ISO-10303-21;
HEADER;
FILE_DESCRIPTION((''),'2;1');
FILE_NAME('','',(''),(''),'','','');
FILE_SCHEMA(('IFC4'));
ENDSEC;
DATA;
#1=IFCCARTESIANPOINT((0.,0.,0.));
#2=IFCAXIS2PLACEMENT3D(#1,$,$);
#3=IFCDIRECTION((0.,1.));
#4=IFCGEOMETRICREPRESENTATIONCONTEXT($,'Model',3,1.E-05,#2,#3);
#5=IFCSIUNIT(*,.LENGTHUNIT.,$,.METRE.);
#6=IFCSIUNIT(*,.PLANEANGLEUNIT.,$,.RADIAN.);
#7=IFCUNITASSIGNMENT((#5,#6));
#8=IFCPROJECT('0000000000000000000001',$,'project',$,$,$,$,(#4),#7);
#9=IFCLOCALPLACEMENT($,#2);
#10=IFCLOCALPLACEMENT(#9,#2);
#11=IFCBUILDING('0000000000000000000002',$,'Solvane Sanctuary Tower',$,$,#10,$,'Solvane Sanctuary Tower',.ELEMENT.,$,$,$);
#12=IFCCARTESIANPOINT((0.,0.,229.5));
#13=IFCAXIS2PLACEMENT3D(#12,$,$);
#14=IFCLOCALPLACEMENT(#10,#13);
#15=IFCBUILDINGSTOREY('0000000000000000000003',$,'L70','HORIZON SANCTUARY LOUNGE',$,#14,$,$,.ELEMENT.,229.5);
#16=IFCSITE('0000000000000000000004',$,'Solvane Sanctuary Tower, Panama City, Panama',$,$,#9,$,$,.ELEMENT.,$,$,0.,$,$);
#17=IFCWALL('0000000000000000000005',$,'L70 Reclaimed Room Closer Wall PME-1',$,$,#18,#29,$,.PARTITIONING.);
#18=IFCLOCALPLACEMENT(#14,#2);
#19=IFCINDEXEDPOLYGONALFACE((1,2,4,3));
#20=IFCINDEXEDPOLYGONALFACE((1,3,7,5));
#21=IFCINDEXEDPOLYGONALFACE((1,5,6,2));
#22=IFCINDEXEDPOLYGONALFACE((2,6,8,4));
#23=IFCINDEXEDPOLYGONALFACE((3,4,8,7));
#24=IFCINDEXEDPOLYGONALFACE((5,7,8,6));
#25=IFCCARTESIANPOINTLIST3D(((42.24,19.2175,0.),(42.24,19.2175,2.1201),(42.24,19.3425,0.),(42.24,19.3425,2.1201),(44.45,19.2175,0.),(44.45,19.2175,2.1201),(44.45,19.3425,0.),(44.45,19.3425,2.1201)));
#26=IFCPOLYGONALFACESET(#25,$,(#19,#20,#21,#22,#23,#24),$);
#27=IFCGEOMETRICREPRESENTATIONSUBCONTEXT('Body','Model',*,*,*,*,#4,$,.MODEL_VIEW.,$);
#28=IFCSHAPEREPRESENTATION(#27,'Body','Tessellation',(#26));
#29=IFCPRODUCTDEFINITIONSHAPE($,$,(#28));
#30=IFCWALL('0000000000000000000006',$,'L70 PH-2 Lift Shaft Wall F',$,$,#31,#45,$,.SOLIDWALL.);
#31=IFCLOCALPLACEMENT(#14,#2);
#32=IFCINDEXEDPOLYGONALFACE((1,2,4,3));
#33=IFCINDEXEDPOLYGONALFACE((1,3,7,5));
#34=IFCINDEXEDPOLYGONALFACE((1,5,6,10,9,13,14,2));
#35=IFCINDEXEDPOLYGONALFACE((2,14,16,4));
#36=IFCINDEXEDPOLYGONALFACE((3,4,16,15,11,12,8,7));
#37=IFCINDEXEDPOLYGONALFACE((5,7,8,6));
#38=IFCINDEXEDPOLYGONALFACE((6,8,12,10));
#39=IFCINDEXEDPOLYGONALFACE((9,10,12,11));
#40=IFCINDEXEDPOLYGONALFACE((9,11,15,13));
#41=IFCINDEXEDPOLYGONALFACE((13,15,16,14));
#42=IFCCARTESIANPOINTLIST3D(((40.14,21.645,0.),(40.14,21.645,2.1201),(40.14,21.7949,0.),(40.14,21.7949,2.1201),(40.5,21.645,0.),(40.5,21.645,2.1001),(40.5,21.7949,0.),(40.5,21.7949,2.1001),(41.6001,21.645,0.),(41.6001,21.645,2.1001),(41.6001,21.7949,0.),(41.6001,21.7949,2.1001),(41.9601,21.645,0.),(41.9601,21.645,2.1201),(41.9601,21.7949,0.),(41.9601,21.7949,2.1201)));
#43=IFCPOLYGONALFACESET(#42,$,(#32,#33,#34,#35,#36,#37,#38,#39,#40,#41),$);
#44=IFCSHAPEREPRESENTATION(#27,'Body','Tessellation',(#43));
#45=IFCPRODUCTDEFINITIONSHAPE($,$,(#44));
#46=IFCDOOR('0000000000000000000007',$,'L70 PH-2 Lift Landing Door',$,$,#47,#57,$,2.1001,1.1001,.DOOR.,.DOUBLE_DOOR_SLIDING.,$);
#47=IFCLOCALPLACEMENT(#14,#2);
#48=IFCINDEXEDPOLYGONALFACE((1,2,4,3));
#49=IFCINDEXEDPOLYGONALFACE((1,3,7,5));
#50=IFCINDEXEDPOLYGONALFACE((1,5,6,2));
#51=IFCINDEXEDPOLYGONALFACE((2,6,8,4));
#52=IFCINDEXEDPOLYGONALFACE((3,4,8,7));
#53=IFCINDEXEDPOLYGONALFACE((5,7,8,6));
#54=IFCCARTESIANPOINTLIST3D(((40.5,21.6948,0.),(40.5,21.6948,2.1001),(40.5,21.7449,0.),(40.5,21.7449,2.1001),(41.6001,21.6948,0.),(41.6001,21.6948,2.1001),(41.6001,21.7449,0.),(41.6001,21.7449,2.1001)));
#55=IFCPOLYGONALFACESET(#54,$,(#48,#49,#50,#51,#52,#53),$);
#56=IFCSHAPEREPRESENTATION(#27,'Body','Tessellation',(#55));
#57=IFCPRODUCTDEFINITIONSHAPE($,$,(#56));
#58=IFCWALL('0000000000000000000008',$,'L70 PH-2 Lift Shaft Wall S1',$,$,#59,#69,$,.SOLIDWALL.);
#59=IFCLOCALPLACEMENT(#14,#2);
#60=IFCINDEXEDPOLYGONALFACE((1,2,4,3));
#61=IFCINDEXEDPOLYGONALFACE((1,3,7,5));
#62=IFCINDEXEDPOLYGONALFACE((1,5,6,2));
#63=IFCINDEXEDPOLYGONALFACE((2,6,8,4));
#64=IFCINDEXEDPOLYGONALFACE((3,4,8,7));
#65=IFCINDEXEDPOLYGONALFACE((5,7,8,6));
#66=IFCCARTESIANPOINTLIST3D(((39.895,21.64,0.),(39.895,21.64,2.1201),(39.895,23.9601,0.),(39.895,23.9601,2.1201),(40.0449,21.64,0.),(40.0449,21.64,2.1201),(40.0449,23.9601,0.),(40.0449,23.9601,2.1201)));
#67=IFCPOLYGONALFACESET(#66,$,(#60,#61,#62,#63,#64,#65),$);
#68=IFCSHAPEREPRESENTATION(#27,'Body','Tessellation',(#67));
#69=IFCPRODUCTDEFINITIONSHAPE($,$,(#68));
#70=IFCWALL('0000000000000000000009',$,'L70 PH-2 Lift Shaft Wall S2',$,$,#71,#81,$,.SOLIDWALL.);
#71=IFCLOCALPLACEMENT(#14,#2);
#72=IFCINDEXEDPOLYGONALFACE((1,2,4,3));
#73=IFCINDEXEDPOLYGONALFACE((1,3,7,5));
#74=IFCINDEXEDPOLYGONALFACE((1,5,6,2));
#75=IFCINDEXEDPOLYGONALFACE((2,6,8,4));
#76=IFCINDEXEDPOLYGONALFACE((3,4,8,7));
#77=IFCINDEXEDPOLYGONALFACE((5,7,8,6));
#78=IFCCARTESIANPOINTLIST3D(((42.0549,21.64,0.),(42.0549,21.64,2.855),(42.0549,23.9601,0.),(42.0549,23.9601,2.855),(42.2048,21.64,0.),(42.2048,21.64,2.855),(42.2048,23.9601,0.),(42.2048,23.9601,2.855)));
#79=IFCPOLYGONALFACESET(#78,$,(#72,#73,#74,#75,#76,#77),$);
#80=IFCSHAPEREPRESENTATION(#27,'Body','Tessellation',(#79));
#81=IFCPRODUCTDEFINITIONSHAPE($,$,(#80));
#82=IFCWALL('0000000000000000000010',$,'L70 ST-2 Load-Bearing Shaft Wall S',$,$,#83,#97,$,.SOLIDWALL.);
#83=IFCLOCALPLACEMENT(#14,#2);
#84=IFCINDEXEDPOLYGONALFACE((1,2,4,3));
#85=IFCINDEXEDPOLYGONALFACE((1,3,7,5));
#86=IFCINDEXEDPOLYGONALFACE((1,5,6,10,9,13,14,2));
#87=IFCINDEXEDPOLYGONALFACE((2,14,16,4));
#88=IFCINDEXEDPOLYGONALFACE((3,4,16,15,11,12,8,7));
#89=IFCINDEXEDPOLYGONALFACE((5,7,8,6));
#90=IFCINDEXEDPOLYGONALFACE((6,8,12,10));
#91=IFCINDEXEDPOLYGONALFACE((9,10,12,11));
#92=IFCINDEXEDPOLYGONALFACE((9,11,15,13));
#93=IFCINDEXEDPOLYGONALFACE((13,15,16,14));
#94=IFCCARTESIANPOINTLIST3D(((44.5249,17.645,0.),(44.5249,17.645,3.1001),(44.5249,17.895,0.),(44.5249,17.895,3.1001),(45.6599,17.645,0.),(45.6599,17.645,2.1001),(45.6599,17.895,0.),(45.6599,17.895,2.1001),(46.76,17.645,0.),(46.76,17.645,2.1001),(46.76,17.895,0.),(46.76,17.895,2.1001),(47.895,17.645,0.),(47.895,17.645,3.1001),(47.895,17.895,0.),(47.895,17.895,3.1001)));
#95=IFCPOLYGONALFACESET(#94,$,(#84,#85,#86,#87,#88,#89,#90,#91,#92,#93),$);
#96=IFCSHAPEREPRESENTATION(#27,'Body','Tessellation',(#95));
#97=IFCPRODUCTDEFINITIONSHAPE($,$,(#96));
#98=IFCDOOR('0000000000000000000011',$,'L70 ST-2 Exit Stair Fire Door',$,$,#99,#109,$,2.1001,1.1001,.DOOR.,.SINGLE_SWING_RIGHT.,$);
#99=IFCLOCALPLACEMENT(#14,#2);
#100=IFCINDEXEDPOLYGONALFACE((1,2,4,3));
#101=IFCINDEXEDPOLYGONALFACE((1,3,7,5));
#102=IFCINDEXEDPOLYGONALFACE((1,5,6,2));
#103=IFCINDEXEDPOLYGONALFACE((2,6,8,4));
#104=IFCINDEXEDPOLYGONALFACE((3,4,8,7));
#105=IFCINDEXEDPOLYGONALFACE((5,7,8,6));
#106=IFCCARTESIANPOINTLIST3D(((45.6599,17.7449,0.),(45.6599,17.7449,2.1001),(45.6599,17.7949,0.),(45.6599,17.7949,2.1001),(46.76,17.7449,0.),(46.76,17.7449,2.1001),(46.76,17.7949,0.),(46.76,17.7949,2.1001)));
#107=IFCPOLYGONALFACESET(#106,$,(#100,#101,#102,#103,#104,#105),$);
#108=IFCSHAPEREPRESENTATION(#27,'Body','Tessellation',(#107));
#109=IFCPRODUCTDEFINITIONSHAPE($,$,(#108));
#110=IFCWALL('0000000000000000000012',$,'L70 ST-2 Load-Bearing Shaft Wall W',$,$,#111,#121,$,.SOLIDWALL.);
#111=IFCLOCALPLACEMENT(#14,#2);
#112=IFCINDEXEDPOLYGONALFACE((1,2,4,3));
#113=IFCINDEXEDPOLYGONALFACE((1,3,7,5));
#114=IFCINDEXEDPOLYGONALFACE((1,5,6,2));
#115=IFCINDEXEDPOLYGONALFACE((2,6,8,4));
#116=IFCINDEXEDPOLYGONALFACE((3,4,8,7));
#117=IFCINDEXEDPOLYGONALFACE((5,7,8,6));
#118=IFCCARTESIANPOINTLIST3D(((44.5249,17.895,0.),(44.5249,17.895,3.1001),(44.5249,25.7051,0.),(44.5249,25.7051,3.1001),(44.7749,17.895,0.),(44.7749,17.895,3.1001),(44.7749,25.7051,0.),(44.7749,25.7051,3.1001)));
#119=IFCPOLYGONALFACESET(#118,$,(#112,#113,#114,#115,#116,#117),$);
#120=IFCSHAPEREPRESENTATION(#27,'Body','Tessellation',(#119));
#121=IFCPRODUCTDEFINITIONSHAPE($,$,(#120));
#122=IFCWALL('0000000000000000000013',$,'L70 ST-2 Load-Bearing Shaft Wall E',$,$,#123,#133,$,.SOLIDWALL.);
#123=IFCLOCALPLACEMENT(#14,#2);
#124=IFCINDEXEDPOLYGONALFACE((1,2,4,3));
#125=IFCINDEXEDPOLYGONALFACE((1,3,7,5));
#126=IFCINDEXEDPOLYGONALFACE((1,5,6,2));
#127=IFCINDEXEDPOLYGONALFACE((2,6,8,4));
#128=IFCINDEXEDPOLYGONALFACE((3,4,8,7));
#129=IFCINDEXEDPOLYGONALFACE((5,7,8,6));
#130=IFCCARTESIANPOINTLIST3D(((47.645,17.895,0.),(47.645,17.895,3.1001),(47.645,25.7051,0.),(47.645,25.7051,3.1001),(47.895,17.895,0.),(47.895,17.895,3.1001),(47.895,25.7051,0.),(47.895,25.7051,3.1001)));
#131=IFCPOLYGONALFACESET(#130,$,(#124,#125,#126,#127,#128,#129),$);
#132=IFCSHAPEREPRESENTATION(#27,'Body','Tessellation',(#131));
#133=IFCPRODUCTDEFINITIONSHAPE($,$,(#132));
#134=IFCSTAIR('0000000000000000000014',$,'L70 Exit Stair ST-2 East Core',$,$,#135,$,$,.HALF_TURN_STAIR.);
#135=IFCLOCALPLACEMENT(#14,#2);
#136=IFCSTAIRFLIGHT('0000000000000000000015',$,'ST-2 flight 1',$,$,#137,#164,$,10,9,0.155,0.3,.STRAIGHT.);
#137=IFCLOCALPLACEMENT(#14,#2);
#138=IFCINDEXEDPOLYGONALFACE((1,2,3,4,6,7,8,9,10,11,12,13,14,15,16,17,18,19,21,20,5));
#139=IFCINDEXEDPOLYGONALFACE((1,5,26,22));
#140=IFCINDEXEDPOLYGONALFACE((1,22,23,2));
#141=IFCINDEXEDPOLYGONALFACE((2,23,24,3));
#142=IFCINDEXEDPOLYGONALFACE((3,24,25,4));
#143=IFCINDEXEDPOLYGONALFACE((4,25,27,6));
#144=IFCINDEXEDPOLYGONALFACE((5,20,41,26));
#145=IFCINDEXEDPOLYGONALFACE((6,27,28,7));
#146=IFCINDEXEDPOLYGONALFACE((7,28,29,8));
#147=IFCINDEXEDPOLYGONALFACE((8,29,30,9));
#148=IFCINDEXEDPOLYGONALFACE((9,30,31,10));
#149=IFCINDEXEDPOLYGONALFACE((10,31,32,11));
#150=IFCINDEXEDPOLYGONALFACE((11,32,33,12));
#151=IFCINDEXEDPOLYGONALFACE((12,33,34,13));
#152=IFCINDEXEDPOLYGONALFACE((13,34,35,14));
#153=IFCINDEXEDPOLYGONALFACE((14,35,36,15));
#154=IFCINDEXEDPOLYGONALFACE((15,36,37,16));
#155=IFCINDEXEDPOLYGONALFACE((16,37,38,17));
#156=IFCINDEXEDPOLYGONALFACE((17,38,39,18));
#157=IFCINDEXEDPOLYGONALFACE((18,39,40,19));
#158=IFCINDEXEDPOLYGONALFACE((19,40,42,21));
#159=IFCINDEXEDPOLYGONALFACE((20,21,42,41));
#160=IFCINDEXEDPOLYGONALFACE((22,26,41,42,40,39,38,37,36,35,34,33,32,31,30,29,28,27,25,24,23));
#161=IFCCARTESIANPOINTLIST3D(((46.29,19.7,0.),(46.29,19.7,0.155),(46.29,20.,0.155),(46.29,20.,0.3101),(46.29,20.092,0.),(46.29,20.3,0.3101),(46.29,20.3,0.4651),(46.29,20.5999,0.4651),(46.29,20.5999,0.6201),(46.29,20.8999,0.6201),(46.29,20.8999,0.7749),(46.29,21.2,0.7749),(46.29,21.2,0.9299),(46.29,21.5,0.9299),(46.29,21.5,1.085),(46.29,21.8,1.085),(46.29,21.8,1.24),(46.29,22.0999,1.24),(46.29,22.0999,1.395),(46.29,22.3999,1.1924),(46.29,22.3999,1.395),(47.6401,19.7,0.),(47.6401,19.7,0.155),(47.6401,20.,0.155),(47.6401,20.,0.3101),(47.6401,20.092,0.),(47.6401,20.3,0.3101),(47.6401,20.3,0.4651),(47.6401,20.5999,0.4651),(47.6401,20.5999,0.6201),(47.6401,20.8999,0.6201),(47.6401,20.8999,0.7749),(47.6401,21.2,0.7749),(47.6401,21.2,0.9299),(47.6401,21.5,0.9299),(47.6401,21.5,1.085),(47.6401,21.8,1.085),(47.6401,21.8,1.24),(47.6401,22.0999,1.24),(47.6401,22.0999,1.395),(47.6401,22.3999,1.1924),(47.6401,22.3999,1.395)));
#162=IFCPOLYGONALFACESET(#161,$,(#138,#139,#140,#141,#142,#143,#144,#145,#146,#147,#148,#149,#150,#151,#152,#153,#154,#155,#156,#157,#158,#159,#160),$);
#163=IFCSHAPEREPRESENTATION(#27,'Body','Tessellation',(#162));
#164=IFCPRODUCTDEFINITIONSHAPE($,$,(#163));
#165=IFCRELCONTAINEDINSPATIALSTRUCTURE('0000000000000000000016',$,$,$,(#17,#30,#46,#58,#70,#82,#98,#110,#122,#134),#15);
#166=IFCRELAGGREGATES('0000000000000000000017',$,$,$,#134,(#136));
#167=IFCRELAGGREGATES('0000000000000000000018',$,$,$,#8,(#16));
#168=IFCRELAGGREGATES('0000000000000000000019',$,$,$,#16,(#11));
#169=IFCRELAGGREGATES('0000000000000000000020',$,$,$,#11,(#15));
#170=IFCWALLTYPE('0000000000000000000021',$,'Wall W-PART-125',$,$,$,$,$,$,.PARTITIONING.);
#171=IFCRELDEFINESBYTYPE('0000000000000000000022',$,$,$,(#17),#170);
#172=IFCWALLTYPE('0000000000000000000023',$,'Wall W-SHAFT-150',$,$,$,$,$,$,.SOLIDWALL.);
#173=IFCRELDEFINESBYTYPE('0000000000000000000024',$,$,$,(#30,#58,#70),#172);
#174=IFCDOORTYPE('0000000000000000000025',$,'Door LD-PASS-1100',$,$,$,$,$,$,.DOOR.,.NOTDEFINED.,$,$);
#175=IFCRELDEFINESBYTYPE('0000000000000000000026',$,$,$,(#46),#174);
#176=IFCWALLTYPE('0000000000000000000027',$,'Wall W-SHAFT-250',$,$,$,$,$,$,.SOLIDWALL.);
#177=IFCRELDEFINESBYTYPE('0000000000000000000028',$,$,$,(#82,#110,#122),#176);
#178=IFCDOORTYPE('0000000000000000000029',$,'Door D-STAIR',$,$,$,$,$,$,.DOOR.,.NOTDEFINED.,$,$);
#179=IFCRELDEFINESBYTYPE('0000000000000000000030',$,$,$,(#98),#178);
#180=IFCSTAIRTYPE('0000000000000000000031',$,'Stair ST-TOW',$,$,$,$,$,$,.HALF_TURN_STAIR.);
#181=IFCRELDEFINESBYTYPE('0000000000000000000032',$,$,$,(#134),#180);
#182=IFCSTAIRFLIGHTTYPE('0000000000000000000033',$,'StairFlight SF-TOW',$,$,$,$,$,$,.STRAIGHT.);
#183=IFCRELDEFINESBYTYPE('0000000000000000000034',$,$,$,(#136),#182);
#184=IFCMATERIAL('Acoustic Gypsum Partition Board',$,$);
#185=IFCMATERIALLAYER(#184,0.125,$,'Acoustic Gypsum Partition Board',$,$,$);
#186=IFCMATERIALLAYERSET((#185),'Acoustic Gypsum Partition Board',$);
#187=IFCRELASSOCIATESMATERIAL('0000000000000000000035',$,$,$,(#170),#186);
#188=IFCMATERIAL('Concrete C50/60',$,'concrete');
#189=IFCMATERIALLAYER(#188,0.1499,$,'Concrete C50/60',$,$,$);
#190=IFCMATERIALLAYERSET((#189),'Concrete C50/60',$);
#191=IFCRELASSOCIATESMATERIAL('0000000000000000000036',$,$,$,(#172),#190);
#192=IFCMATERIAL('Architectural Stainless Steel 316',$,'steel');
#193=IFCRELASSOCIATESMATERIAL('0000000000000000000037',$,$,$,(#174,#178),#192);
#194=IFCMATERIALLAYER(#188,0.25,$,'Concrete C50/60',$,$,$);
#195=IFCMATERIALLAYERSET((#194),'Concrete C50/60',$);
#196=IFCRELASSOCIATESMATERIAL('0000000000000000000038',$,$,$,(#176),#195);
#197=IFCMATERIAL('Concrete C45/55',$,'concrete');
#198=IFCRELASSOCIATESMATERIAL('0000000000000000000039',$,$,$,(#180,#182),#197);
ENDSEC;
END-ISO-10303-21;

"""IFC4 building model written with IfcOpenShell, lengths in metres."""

from ifc_helpers import new_model, si_unit, direction, frame, frame_2d, origin, place, context, subcontext, project, spatial, polyline, rectangle, outline, extrude, material, layer, layer_set, type_object, element, fill, aggregate, save


model = new_model("IFC4")

# Units and contexts
model_context = context("Model", 3, precision=1e-05, world=origin(), true_north=direction((0.0, 1.0)))
body_context = subcontext(model_context, "Body", "Model", "MODEL_VIEW")
ifc_project = project(units=[si_unit("LENGTHUNIT", "METRE"), si_unit("PLANEANGLEUNIT", "RADIAN")], contexts=[model_context])

# Site, building, storey
site_placement = place(None, origin())
site = spatial("IfcSite", under=ifc_project, at=site_placement, Name="Solvane Sanctuary Tower, Panama City, Panama", CompositionType="ELEMENT", RefElevation=0.0)
building_placement = place(site_placement, origin())
building = spatial("IfcBuilding", under=site, at=building_placement, Name="Solvane Sanctuary Tower", LongName="Solvane Sanctuary Tower", CompositionType="ELEMENT")
storey_placement = place(building_placement, frame((0.0, 0.0, 229.5)))
storey = spatial("IfcBuildingStorey", under=building, at=storey_placement, Name="L70", Description="HORIZON SANCTUARY LOUNGE", CompositionType="ELEMENT", Elevation=229.5)

# Shared definitions
ifc_material_1 = material(Name="Acoustic Gypsum Partition Board")

# Shared definitions
ifc_layer_1 = layer(ifc_material_1, 0.125, Name="Acoustic Gypsum Partition Board")
ifc_layer_set_1 = layer_set([ifc_layer_1], Name="Acoustic Gypsum Partition Board")
wall_type_1 = type_object("IfcWallType", Name="Wall W-PART-125", PredefinedType="PARTITIONING", material=ifc_layer_set_1)
ifc_material_2 = material(Name="Architectural Stainless Steel 316", Category="steel")

# Wall
wall_1_placement = place(storey_placement, frame((42.24, 19.28, 0.0), z_axis=(0.0, 0.0, 1.0), x_axis=(1.0, 0.0, 0.0)))
element("IfcWall", 1, at=wall_1_placement, inside=storey, type_object=wall_type_1, Name="L70 Reclaimed Room Closer Wall PME-1", PredefinedType="PARTITIONING", context=body_context, shape_type="SweptSolid", body=[
    extrude(rectangle(XDim=2.21, YDim=0.125, at=frame_2d((1.105, 0.0))), origin(), (0.0, 0.0, 1.0), 2.1201),
])

# Wall, opening, door
ifc_material_3 = material(Name="Concrete C50/60", Category="concrete")
ifc_layer_2 = layer(ifc_material_3, 0.1499, Name="Concrete C50/60")
ifc_layer_set_2 = layer_set([ifc_layer_2], Name="Concrete C50/60")
wall_type_2 = type_object("IfcWallType", Name="Wall W-SHAFT-150", PredefinedType="SOLIDWALL", material=ifc_layer_set_2)
wall_2_placement = place(storey_placement, frame((40.1399, 21.72, 0.0), z_axis=(0.0, 0.0, 1.0), x_axis=(1.0, 0.0, 0.0)))
wall_2 = element("IfcWall", 2, at=wall_2_placement, inside=storey, type_object=wall_type_2, Name="L70 PH-2 Lift Shaft Wall F", PredefinedType="SOLIDWALL", context=body_context, shape_type="SweptSolid", body=[
    extrude(rectangle(XDim=1.8201, YDim=0.1499, at=frame_2d((0.9102, 0.0))), origin(), (0.0, 0.0, 1.0), 2.1201),
])
opening_1_placement = place(wall_2_placement, frame((0.3601, 0.0, 0.0)))
opening_1 = element("IfcOpeningElement", 3, at=opening_1_placement, cuts=wall_2, PredefinedType="OPENING", context=body_context, shape_type="SweptSolid", body=[
    extrude(rectangle(XDim=1.1001, YDim=2.1001, at=frame_2d((0.55, 1.05))), frame((0.0, 0.085, 0.0), z_axis=(0.0, -1.0, 0.0), x_axis=(1.0, 0.0, 0.0)), (0.0, 0.0, 1.0), 0.1699),
])
door_type_1 = type_object("IfcDoorType", Name="Door LD-PASS-1100", OperationType="NOTDEFINED", PredefinedType="DOOR", material=ifc_material_2)
door_1_placement = place(opening_1_placement, origin())
door_1 = element("IfcDoor", 4, at=door_1_placement, inside=storey, type_object=door_type_1, Name="L70 PH-2 Lift Landing Door", OperationType="DOUBLE_DOOR_SLIDING", OverallHeight=2.1001, OverallWidth=1.1001, PredefinedType="DOOR", context=body_context, shape_type="SweptSolid", body=[
    extrude(rectangle(XDim=1.1001, YDim=2.1001, at=frame_2d((0.55, 1.05))), frame((0.0, 0.0249, 0.0), z_axis=(0.0, -1.0, 0.0), x_axis=(1.0, 0.0, 0.0)), (0.0, 0.0, 1.0), 0.05),
])
fill(opening_1, door_1)

# Walls
wall_3_placement = place(storey_placement, frame((39.97, 21.6399, 0.0), z_axis=(0.0, 0.0, 1.0), x_axis=(0.0, 1.0, 0.0)))
element("IfcWall", 5, at=wall_3_placement, inside=storey, type_object=wall_type_2, Name="L70 PH-2 Lift Shaft Wall S1", PredefinedType="SOLIDWALL", context=body_context, shape_type="SweptSolid", body=[
    extrude(rectangle(XDim=2.3201, YDim=0.1499, at=frame_2d((1.1602, 0.0))), origin(), (0.0, 0.0, 1.0), 2.1201),
])
wall_4_placement = place(storey_placement, frame((42.1299, 21.6399, 0.0), z_axis=(0.0, 0.0, 1.0), x_axis=(0.0, 1.0, 0.0)))
element("IfcWall", 6, at=wall_4_placement, inside=storey, type_object=wall_type_2, Name="L70 PH-2 Lift Shaft Wall S2", PredefinedType="SOLIDWALL", context=body_context, shape_type="SweptSolid", body=[
    extrude(rectangle(XDim=2.3201, YDim=0.1499, at=frame_2d((1.1602, 0.0))), origin(), (0.0, 0.0, 1.0), 2.855),
])

# Wall, opening, door
ifc_layer_3 = layer(ifc_material_3, 0.25, Name="Concrete C50/60")
ifc_layer_set_3 = layer_set([ifc_layer_3], Name="Concrete C50/60")
wall_type_3 = type_object("IfcWallType", Name="Wall W-SHAFT-250", PredefinedType="SOLIDWALL", material=ifc_layer_set_3)
wall_5_placement = place(storey_placement, frame((44.5249, 17.77, 0.0), z_axis=(0.0, 0.0, 1.0), x_axis=(1.0, 0.0, 0.0)))
wall_5 = element("IfcWall", 7, at=wall_5_placement, inside=storey, type_object=wall_type_3, Name="L70 ST-2 Load-Bearing Shaft Wall S", PredefinedType="SOLIDWALL", context=body_context, shape_type="SweptSolid", body=[
    extrude(rectangle(XDim=3.3701, YDim=0.25, at=frame_2d((1.6851, 0.0))), origin(), (0.0, 0.0, 1.0), 3.1001),
])
opening_2_placement = place(wall_5_placement, frame((1.135, 0.0, 0.0)))
opening_2 = element("IfcOpeningElement", 8, at=opening_2_placement, cuts=wall_5, PredefinedType="OPENING", context=body_context, shape_type="SweptSolid", body=[
    extrude(rectangle(XDim=1.1001, YDim=2.1001, at=frame_2d((0.55, 1.05))), frame((0.0, 0.135, 0.0), z_axis=(0.0, -1.0, 0.0), x_axis=(1.0, 0.0, 0.0)), (0.0, 0.0, 1.0), 0.27),
])
door_type_2 = type_object("IfcDoorType", Name="Door D-STAIR", OperationType="NOTDEFINED", PredefinedType="DOOR", material=ifc_material_2)
door_2_placement = place(opening_2_placement, origin())
door_2 = element("IfcDoor", 9, at=door_2_placement, inside=storey, type_object=door_type_2, Name="L70 ST-2 Exit Stair Fire Door", OperationType="SINGLE_SWING_RIGHT", OverallHeight=2.1001, OverallWidth=1.1001, PredefinedType="DOOR", context=body_context, shape_type="SweptSolid", body=[
    extrude(rectangle(XDim=1.1001, YDim=2.1001, at=frame_2d((0.55, 1.05))), frame((0.0, 0.0249, 0.0), z_axis=(0.0, -1.0, 0.0), x_axis=(1.0, 0.0, 0.0)), (0.0, 0.0, 1.0), 0.05),
])
fill(opening_2, door_2)

# Walls
for number, where, z_axis, x_axis, name in (
    (10, (44.6499, 17.895, 0.0), (0.0, 0.0, 1.0), (0.0, 1.0, 0.0), "L70 ST-2 Load-Bearing Shaft Wall W"),
    (11, (47.77, 17.895, 0.0), (0.0, 0.0, 1.0), (0.0, 1.0, 0.0), "L70 ST-2 Load-Bearing Shaft Wall E"),
):
    element("IfcWall", number, at=place(storey_placement, frame(where, z_axis=z_axis, x_axis=x_axis)), inside=storey, type_object=wall_type_3, Name=name, PredefinedType="SOLIDWALL", context=body_context, shape_type="SweptSolid", body=[
        extrude(rectangle(XDim=7.8101, YDim=0.25, at=frame_2d((3.905, 0.0))), origin(), (0.0, 0.0, 1.0), 3.1001),
    ])

# Stair, stair flight
ifc_material_4 = material(Name="Concrete C45/55", Category="concrete")
stair_type = type_object("IfcStairType", Name="Stair ST-TOW", PredefinedType="HALF_TURN_STAIR", material=ifc_material_4)
stair_placement = place(storey_placement, origin())
stair = element("IfcStair", 12, at=stair_placement, inside=storey, type_object=stair_type, Name="L70 Exit Stair ST-2 East Core", PredefinedType="HALF_TURN_STAIR")
stair_flight_type = type_object("IfcStairFlightType", Name="StairFlight SF-TOW", PredefinedType="STRAIGHT", material=ifc_material_4)
stair_flight_placement = place(storey_placement, frame((46.9651, 19.7, 0.0), z_axis=(0.0, 0.0, 1.0), x_axis=(0.0, 1.0, 0.0)))
stair_flight = element("IfcStairFlight", 13, at=stair_flight_placement, type_object=stair_flight_type, Name="ST-2 flight 1", NumberOfRisers=10, NumberOfTreads=9, PredefinedType="STRAIGHT", RiserHeight=0.155, TreadLength=0.3, context=body_context, shape_type="SweptSolid", body=[
    extrude(outline(polyline([(0.0, 0.0), (0.0, 0.155), (0.3, 0.155), (0.3, 0.3101), (0.6001, 0.3101), (0.6001, 0.4651), (0.8999, 0.4651), (0.8999, 0.6201), (1.2, 0.6201), (1.2, 0.7749), (1.5, 0.7749), (1.5, 0.9299), (1.8, 0.9299), (1.8, 1.085), (2.1001, 1.085), (2.1001, 1.24), (2.3999, 1.24), (2.3999, 1.395), (2.7, 1.395), (2.7, 1.55), (2.7, 1.1924), (0.3921, 0.0), (0.0, 0.0)])), frame((0.0, 0.675, 0.0), z_axis=(0.0, -1.0, 0.0), x_axis=(1.0, 0.0, 0.0)), (0.0, 0.0, 1.0), 1.3501),
])
aggregate(stair, [stair_flight])

save(model, "model.ifc")
